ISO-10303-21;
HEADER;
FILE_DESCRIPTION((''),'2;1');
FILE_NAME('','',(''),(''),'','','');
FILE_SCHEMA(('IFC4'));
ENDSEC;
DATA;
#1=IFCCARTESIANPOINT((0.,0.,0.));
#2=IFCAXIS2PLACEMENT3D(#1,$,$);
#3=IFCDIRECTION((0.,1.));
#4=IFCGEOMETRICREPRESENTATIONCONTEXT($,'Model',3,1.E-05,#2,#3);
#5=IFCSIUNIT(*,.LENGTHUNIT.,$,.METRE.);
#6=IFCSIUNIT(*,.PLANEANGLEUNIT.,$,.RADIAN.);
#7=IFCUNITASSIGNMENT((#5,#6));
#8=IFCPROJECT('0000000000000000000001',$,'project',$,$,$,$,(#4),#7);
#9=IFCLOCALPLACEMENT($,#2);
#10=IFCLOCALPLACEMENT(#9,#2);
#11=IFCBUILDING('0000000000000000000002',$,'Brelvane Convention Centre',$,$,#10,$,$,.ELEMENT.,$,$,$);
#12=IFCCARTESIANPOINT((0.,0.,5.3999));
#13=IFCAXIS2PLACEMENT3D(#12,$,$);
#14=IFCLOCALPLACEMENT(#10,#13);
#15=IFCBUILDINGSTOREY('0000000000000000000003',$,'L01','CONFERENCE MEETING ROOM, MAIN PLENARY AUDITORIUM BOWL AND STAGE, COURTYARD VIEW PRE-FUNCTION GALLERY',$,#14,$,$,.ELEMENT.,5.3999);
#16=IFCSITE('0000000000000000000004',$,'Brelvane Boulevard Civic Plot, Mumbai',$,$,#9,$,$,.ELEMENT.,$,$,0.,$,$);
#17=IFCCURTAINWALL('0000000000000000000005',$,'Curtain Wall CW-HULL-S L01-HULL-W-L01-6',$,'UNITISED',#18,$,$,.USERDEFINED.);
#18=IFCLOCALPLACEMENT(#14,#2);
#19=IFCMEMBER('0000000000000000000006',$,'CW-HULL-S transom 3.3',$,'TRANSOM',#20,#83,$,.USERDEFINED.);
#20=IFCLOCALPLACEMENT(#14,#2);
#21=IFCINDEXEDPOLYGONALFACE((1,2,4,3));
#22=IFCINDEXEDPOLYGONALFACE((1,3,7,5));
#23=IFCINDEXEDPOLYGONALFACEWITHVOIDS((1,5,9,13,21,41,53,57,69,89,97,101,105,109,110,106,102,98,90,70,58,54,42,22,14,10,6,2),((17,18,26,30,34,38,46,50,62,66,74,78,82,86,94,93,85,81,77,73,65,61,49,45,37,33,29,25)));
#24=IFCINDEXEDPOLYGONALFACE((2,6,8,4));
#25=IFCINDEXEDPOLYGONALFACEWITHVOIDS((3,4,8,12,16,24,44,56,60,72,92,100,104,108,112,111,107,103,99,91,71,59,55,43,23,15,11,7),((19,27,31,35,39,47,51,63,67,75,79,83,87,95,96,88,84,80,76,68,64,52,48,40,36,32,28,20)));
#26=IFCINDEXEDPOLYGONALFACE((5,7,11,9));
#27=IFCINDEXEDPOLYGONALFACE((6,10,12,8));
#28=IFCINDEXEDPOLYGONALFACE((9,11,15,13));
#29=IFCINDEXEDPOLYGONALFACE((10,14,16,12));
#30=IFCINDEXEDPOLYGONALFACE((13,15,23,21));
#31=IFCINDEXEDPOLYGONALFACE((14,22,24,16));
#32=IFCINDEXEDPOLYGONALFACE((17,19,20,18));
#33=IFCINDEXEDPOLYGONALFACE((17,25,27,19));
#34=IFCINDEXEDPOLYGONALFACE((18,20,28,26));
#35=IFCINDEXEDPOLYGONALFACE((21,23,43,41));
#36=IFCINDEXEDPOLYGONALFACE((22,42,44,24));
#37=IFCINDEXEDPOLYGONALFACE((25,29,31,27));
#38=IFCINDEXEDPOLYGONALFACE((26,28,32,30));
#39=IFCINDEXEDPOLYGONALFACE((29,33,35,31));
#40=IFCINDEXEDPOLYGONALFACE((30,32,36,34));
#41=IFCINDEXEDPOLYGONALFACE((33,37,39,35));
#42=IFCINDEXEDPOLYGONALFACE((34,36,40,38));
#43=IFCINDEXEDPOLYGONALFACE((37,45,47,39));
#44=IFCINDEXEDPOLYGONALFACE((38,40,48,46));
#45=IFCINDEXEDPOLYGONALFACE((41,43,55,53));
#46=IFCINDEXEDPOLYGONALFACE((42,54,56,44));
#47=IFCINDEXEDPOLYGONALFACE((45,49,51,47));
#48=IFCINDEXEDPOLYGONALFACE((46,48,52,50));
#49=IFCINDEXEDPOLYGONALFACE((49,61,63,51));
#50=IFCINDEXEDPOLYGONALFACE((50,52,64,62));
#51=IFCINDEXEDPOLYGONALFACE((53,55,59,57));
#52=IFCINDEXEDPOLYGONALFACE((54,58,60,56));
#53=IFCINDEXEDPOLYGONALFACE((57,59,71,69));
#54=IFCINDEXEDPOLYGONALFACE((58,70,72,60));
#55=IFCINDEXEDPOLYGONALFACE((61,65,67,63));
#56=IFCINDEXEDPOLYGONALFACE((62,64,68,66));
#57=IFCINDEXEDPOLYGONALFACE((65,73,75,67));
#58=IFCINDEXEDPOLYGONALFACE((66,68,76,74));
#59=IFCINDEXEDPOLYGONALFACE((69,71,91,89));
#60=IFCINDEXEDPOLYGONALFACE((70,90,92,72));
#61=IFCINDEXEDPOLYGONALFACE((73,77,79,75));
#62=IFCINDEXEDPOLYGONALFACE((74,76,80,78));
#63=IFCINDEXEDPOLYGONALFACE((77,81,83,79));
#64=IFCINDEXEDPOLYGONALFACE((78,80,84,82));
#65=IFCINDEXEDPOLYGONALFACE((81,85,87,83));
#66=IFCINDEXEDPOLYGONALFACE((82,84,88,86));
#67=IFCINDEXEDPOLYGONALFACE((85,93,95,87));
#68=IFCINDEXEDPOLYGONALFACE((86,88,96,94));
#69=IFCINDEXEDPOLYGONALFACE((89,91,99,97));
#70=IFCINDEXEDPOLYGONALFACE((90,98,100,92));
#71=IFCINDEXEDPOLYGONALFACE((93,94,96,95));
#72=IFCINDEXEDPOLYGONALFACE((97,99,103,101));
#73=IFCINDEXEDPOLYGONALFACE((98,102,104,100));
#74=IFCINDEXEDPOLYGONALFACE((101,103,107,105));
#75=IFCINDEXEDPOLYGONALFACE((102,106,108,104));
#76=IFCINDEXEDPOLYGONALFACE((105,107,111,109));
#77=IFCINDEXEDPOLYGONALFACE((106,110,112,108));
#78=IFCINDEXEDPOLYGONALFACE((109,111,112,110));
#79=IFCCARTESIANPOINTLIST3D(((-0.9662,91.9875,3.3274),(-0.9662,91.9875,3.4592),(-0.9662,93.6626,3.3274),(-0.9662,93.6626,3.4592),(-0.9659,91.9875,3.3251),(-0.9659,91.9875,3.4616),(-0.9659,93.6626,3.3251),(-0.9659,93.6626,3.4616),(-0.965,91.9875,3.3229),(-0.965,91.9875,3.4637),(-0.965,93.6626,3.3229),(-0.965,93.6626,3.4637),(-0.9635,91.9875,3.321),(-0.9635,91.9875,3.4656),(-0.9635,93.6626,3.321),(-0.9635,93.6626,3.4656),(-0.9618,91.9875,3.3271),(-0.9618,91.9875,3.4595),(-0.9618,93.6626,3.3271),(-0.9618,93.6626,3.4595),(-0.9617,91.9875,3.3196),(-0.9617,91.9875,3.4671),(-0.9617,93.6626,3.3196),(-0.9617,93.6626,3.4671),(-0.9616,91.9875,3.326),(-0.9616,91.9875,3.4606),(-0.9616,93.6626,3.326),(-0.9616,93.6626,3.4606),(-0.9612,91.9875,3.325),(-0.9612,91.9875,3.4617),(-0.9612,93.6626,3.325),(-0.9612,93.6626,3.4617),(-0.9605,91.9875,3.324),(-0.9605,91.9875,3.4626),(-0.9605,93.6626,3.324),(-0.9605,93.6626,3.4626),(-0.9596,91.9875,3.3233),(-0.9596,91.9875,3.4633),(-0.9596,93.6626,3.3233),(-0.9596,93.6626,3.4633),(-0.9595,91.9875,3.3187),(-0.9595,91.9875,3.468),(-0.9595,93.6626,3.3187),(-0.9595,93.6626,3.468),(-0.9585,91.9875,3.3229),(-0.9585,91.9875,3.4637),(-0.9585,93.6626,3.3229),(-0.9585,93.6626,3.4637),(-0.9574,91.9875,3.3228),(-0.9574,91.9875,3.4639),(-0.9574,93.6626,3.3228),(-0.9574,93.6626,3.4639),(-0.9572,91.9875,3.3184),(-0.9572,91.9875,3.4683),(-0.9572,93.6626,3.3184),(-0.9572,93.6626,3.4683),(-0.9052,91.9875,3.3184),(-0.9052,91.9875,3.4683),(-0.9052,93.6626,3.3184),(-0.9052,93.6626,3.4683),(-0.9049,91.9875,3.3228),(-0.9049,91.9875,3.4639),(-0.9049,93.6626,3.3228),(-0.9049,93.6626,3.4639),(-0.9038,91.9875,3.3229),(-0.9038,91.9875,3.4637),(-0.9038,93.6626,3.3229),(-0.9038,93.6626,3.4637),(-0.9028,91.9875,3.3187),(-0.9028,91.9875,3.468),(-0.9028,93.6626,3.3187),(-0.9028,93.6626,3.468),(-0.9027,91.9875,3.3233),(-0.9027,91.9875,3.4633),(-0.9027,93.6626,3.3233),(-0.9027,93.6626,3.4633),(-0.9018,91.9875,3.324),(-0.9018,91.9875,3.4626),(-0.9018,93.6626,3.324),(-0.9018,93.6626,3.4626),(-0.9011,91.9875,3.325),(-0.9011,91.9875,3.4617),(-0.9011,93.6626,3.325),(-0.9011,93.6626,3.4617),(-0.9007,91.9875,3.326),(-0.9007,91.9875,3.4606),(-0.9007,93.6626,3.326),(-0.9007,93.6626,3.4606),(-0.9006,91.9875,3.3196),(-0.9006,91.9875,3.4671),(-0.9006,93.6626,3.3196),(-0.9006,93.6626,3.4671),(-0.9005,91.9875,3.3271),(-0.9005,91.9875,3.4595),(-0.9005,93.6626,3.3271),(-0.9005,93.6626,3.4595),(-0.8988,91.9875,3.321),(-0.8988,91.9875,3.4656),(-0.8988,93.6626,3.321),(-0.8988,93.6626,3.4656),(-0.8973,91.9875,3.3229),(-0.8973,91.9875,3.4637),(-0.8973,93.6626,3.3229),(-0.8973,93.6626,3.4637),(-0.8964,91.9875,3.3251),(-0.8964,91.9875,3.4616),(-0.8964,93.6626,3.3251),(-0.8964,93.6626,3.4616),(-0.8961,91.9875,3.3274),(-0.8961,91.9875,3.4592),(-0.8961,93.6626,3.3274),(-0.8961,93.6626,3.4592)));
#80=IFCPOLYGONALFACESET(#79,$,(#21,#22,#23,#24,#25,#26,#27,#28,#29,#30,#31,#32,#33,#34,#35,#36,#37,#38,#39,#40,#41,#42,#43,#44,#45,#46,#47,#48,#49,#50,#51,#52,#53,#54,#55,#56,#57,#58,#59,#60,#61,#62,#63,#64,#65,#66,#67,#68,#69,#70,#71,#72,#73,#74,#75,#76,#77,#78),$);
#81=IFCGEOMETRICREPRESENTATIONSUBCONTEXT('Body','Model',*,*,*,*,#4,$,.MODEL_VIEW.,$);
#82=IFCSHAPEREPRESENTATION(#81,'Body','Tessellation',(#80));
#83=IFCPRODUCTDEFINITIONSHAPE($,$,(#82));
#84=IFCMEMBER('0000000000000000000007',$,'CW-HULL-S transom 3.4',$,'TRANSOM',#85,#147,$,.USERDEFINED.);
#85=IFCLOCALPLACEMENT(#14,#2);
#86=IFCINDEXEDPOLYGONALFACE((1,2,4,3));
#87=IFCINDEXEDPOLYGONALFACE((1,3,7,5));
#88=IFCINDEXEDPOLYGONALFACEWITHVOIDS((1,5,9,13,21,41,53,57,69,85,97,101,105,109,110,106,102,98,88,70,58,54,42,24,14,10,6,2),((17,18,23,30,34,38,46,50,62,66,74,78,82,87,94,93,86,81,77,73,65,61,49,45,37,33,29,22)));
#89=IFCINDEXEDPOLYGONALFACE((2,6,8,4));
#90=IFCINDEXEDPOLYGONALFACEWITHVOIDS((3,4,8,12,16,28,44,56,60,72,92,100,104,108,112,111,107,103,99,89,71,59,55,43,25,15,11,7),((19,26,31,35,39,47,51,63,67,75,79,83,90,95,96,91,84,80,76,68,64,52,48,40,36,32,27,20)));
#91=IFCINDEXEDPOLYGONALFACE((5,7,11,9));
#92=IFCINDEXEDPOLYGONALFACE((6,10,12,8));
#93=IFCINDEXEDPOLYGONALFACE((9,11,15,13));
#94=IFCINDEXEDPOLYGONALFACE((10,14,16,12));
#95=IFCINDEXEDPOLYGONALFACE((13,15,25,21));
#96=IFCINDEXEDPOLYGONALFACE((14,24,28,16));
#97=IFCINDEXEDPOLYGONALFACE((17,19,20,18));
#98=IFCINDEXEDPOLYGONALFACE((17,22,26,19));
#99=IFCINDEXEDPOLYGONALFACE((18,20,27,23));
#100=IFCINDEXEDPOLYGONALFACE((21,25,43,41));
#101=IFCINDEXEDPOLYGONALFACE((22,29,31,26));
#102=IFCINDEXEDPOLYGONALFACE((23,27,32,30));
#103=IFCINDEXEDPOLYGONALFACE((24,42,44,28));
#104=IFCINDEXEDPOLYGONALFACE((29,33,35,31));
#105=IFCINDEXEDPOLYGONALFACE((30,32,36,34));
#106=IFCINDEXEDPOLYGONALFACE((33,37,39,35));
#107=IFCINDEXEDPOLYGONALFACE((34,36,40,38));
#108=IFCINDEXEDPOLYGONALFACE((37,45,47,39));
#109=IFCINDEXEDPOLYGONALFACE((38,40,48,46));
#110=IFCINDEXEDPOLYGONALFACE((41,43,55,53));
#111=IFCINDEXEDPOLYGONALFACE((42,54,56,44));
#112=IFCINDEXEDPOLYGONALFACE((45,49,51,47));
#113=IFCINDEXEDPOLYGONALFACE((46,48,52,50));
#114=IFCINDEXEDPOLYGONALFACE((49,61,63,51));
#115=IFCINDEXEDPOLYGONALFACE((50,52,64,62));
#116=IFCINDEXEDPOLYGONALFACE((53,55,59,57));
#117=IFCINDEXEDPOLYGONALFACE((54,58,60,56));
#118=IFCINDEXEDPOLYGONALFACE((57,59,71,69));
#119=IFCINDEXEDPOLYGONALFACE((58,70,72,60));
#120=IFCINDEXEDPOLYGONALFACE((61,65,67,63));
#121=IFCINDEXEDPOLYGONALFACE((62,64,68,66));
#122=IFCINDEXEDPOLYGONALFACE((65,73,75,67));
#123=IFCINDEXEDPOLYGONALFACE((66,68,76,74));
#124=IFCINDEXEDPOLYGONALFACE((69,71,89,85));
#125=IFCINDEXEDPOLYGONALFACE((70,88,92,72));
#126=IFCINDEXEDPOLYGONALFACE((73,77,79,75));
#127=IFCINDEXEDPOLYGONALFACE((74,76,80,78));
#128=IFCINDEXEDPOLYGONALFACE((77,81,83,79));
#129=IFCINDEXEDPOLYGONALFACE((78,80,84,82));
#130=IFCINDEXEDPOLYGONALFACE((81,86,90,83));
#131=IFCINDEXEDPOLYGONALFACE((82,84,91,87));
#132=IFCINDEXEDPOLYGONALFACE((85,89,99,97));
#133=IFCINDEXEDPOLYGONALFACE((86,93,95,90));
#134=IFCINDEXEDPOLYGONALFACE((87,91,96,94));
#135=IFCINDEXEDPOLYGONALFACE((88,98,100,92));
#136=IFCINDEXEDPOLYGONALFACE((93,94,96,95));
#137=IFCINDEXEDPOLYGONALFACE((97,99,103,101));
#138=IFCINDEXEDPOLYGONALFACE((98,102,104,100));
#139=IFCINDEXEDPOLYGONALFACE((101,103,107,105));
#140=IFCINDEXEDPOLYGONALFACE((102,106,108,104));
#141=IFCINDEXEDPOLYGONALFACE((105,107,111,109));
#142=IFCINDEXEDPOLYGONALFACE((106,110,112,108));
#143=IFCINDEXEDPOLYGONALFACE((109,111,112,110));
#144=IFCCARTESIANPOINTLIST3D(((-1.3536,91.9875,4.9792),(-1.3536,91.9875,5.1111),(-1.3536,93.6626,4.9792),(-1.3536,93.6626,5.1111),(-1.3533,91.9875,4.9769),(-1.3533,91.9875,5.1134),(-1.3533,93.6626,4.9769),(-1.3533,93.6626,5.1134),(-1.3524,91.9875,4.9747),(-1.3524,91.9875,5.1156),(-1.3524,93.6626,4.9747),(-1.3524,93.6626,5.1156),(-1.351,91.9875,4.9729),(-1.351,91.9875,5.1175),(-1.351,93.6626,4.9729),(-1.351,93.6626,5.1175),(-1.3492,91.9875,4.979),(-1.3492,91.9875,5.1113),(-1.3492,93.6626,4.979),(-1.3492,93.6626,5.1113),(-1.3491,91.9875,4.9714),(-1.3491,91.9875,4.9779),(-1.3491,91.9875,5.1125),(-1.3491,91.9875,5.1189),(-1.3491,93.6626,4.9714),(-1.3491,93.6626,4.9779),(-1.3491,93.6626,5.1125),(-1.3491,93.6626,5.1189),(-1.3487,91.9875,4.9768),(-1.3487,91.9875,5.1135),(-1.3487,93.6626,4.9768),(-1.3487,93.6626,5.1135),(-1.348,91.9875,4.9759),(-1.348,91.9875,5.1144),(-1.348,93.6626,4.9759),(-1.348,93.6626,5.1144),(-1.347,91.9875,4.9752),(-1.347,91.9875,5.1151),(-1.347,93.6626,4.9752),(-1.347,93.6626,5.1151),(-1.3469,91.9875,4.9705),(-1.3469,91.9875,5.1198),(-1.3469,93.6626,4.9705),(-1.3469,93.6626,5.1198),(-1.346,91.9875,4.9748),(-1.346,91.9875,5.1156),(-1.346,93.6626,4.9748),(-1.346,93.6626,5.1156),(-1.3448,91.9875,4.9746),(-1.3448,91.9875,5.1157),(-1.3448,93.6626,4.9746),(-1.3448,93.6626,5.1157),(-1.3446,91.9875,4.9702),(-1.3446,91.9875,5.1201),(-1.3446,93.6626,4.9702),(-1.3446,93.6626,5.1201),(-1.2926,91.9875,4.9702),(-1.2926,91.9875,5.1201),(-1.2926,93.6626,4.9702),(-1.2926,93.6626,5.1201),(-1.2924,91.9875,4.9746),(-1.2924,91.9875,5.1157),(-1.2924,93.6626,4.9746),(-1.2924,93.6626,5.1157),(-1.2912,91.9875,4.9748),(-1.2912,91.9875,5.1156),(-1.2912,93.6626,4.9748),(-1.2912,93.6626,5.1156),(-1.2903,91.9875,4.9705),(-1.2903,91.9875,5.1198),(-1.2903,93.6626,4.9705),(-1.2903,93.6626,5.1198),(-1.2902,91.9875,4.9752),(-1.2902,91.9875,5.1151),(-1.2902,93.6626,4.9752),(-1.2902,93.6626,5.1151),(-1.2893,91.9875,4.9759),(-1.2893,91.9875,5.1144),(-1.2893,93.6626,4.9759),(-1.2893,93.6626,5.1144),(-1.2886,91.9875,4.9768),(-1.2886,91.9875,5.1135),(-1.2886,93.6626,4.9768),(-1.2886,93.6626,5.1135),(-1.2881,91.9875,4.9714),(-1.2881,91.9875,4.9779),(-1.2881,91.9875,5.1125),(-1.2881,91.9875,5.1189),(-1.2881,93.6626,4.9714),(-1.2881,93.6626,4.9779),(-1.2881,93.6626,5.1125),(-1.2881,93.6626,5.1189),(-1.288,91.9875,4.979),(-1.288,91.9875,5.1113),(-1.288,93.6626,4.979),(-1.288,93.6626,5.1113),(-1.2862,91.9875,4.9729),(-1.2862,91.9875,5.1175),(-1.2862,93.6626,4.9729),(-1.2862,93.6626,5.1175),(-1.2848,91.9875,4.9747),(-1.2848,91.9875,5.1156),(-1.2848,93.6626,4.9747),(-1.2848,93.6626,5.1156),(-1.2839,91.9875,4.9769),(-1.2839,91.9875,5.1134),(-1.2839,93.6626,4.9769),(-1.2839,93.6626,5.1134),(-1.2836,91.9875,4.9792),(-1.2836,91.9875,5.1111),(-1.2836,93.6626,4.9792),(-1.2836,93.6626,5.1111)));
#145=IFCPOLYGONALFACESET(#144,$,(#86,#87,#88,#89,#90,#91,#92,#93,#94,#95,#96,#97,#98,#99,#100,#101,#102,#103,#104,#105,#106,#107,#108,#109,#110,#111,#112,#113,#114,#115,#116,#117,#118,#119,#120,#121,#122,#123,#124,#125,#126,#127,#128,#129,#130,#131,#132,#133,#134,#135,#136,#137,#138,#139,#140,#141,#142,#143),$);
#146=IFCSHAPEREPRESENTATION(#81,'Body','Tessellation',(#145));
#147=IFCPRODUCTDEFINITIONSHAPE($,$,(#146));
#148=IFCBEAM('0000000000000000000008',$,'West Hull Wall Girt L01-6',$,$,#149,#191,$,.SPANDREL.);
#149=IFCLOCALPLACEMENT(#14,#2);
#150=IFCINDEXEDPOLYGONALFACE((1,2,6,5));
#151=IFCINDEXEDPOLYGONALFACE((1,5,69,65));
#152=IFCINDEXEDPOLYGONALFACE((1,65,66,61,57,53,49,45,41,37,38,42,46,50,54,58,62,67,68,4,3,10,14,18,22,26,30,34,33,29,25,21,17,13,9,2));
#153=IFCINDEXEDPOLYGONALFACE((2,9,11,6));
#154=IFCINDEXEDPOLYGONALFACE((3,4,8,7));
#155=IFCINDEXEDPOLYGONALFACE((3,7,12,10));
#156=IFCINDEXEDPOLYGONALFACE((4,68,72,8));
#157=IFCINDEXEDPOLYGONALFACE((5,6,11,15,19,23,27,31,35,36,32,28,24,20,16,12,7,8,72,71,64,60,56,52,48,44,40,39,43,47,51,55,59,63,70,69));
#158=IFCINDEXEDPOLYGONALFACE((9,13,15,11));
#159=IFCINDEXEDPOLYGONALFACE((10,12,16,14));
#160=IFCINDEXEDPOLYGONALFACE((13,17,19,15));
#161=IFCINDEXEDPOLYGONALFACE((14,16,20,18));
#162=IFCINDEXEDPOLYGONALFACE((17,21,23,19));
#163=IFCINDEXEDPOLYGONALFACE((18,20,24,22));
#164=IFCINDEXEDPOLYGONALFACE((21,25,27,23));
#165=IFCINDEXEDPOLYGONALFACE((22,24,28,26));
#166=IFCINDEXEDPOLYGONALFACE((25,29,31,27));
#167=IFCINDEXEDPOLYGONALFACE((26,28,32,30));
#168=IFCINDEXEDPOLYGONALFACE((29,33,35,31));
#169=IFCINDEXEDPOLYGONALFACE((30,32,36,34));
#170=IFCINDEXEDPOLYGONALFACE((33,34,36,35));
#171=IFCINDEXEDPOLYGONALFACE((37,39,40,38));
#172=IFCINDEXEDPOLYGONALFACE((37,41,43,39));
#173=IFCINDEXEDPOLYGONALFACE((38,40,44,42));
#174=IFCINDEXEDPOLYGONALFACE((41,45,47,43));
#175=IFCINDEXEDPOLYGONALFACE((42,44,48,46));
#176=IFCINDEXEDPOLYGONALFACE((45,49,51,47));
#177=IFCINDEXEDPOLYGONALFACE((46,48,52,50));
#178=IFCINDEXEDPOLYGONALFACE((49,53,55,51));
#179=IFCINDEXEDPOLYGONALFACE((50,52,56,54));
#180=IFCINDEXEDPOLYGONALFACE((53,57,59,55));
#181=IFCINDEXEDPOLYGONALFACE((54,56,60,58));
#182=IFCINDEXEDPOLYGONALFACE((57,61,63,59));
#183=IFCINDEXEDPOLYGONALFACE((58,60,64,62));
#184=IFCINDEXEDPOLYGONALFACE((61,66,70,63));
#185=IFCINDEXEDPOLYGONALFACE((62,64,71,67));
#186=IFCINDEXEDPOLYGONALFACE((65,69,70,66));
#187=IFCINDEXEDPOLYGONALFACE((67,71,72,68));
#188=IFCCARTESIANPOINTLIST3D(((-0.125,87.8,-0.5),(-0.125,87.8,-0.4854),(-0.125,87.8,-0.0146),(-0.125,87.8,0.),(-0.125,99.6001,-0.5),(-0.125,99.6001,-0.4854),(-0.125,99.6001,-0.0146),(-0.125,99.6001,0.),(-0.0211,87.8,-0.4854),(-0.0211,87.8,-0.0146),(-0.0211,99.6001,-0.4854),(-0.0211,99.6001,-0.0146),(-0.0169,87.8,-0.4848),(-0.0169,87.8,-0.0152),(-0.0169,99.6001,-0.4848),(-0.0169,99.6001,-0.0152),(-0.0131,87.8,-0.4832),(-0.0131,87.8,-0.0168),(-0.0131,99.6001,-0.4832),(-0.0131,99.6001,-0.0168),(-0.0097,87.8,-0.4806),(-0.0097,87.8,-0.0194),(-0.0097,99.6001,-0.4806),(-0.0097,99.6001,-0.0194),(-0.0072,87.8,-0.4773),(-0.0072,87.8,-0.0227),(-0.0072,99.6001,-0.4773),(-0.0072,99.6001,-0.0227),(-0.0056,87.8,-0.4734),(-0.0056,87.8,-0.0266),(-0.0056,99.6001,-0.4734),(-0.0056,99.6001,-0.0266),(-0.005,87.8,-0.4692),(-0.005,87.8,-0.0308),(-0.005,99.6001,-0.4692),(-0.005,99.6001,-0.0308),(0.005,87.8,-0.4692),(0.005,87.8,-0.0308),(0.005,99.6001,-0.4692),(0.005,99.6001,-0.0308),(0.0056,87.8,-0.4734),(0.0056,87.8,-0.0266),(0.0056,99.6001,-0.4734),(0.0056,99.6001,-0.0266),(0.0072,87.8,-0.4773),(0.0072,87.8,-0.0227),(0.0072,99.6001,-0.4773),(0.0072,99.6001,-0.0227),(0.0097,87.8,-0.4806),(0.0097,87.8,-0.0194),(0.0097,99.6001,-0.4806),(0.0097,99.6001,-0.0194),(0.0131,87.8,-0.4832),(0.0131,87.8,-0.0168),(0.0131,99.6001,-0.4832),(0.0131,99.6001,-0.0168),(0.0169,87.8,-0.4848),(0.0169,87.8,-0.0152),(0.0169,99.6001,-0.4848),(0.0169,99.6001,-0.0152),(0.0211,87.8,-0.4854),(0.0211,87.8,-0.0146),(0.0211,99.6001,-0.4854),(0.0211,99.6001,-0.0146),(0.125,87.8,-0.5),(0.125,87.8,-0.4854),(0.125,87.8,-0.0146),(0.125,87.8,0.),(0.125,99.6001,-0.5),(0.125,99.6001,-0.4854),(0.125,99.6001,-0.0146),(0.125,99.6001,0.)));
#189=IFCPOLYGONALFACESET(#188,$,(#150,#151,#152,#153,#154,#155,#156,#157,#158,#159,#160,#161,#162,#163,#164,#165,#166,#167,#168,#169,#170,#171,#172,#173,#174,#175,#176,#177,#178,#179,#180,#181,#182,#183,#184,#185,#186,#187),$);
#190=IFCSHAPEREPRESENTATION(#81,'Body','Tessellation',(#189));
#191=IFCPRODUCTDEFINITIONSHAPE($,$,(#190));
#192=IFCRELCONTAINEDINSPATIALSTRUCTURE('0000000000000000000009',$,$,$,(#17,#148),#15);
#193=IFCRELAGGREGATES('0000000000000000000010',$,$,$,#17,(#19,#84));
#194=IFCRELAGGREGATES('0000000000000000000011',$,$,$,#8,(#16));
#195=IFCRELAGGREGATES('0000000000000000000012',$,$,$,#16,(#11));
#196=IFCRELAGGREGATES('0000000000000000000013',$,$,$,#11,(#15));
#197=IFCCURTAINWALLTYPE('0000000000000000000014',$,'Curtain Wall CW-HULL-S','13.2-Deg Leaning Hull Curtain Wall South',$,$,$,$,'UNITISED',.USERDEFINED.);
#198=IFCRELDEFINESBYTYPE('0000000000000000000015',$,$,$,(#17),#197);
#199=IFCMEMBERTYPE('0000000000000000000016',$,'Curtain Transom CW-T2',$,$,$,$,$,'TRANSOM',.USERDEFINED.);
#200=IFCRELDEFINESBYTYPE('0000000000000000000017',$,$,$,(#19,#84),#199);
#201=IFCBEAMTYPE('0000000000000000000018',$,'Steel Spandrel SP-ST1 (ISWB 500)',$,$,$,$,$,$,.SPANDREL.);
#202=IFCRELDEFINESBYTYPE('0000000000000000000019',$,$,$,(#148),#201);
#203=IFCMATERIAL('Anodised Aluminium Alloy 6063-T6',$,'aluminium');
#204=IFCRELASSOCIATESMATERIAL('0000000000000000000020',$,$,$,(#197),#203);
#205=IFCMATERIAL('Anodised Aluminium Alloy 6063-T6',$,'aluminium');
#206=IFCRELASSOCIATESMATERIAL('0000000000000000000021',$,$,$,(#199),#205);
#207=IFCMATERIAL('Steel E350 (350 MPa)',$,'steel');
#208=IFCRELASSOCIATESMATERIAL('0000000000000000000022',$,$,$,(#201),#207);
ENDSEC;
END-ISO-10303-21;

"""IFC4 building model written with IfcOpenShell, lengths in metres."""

from ifc_helpers import new_model, si_unit, direction, frame, origin, origin_2d, place, context, subcontext, project, spatial, hollow_rectangle, i_section, extrude, material, material_profile, profile_set, type_object, element, aggregate, save


model = new_model("IFC4")

# Units and contexts
model_context = context("Model", 3, precision=1e-05, world=origin(), true_north=direction((0.0, 1.0)))
body_context = subcontext(model_context, "Body", "Model", "MODEL_VIEW")
ifc_project = project(units=[si_unit("LENGTHUNIT", "METRE"), si_unit("PLANEANGLEUNIT", "RADIAN")], contexts=[model_context])

# Site, building, storey
site_placement = place(None, origin())
site = spatial("IfcSite", under=ifc_project, at=site_placement, Name="Brelvane Boulevard Civic Plot, Mumbai", CompositionType="ELEMENT", RefElevation=0.0)
building_placement = place(site_placement, origin())
building = spatial("IfcBuilding", under=site, at=building_placement, Name="Brelvane Convention Centre", CompositionType="ELEMENT")
storey_placement = place(building_placement, frame((0.0, 0.0, 5.3999)))
storey = spatial("IfcBuildingStorey", under=building, at=storey_placement, Name="L01", Description="CONFERENCE MEETING ROOM, MAIN PLENARY AUDITORIUM BOWL AND STAGE, COURTYARD VIEW PRE-FUNCTION GALLERY", CompositionType="ELEMENT", Elevation=5.3999)

# Shared definitions
ifc_material_1 = material(Name="Anodised Aluminium Alloy 6063-T6", Category="aluminium")
curtain_wall_type = type_object("IfcCurtainWallType", Name="Curtain Wall CW-HULL-S", Description="13.2-Deg Leaning Hull Curtain Wall South", ElementType="UNITISED", PredefinedType="USERDEFINED", material=ifc_material_1)

# Curtain wall
curtain_wall_1_placement = place(storey_placement, origin())
curtain_wall_1 = element("IfcCurtainWall", 1, at=curtain_wall_1_placement, inside=storey, type_object=curtain_wall_type, Name="Curtain Wall CW-HULL-S L01-HULL-W-L01-6", ObjectType="UNITISED", PredefinedType="USERDEFINED")

# Members
ifc_material_2 = material(Name="Anodised Aluminium Alloy 6063-T6", Category="aluminium")
ifc_material_profile_1 = material_profile(ifc_material_2, hollow_rectangle(XDim=0.0701, YDim=0.1499, WallThickness=0.0044, InnerFilletRadius=0.0044, OuterFilletRadius=0.009, at=origin_2d()), Name="ALU-T 150x70x4.5")
ifc_profile_set_1 = profile_set([ifc_material_profile_1], Name="Anodised Aluminium Alloy 6063-T6")
member_type_1 = type_object("IfcMemberType", Name="Curtain Transom CW-T2", ElementType="TRANSOM", PredefinedType="USERDEFINED", material=ifc_profile_set_1)
member_1_placement = place(storey_placement, frame((-0.9312, 91.9875, 3.3933), z_axis=(0.0, 1.0, 0.0), x_axis=(-1.0, 0.0, 0.0)))
member_1 = element("IfcMember", 2, at=member_1_placement, type_object=member_type_1, Name="CW-HULL-S transom 3.3", ObjectType="TRANSOM", PredefinedType="USERDEFINED", context=body_context, shape_type="SweptSolid", body=[
    extrude(hollow_rectangle(XDim=0.0701, YDim=0.1499, WallThickness=0.0044, InnerFilletRadius=0.0044, OuterFilletRadius=0.009, at=origin_2d()), origin(), (0.0, 0.0, 1.0), 1.675),
])
member_2_placement = place(storey_placement, frame((-1.3186, 91.9875, 5.0452), z_axis=(0.0, 1.0, 0.0), x_axis=(-1.0, 0.0, 0.0)))
member_2 = element("IfcMember", 3, at=member_2_placement, type_object=member_type_1, Name="CW-HULL-S transom 3.4", ObjectType="TRANSOM", PredefinedType="USERDEFINED", context=body_context, shape_type="SweptSolid", body=[
    extrude(hollow_rectangle(XDim=0.0701, YDim=0.1499, WallThickness=0.0044, InnerFilletRadius=0.0044, OuterFilletRadius=0.009, at=origin_2d()), origin(), (0.0, 0.0, 1.0), 1.675),
])

# Beam
ifc_material_3 = material(Name="Steel E350 (350 MPa)", Category="steel")
ifc_material_profile_2 = material_profile(ifc_material_3, i_section(OverallWidth=0.25, OverallDepth=0.5, WebThickness=0.01, FlangeThickness=0.0146, FilletRadius=0.0161, at=origin_2d()), Name="ISWB 500")
ifc_profile_set_2 = profile_set([ifc_material_profile_2], Name="Steel E350 (350 MPa)")
beam_type = type_object("IfcBeamType", Name="Steel Spandrel SP-ST1 (ISWB 500)", PredefinedType="SPANDREL", material=ifc_profile_set_2)
beam_placement = place(storey_placement, frame((0.0, 87.8, -0.25), z_axis=(0.0, 1.0, 0.0), x_axis=(-1.0, 0.0, 0.0)))
element("IfcBeam", 4, at=beam_placement, inside=storey, type_object=beam_type, Name="West Hull Wall Girt L01-6", PredefinedType="SPANDREL", context=body_context, shape_type="SweptSolid", body=[
    extrude(i_section(OverallWidth=0.25, OverallDepth=0.5, WebThickness=0.01, FlangeThickness=0.0146, FilletRadius=0.0161, at=origin_2d()), origin(), (0.0, 0.0, 1.0), 11.8),
])

aggregate(curtain_wall_1, [member_1, member_2])

save(model, "model.ifc")
